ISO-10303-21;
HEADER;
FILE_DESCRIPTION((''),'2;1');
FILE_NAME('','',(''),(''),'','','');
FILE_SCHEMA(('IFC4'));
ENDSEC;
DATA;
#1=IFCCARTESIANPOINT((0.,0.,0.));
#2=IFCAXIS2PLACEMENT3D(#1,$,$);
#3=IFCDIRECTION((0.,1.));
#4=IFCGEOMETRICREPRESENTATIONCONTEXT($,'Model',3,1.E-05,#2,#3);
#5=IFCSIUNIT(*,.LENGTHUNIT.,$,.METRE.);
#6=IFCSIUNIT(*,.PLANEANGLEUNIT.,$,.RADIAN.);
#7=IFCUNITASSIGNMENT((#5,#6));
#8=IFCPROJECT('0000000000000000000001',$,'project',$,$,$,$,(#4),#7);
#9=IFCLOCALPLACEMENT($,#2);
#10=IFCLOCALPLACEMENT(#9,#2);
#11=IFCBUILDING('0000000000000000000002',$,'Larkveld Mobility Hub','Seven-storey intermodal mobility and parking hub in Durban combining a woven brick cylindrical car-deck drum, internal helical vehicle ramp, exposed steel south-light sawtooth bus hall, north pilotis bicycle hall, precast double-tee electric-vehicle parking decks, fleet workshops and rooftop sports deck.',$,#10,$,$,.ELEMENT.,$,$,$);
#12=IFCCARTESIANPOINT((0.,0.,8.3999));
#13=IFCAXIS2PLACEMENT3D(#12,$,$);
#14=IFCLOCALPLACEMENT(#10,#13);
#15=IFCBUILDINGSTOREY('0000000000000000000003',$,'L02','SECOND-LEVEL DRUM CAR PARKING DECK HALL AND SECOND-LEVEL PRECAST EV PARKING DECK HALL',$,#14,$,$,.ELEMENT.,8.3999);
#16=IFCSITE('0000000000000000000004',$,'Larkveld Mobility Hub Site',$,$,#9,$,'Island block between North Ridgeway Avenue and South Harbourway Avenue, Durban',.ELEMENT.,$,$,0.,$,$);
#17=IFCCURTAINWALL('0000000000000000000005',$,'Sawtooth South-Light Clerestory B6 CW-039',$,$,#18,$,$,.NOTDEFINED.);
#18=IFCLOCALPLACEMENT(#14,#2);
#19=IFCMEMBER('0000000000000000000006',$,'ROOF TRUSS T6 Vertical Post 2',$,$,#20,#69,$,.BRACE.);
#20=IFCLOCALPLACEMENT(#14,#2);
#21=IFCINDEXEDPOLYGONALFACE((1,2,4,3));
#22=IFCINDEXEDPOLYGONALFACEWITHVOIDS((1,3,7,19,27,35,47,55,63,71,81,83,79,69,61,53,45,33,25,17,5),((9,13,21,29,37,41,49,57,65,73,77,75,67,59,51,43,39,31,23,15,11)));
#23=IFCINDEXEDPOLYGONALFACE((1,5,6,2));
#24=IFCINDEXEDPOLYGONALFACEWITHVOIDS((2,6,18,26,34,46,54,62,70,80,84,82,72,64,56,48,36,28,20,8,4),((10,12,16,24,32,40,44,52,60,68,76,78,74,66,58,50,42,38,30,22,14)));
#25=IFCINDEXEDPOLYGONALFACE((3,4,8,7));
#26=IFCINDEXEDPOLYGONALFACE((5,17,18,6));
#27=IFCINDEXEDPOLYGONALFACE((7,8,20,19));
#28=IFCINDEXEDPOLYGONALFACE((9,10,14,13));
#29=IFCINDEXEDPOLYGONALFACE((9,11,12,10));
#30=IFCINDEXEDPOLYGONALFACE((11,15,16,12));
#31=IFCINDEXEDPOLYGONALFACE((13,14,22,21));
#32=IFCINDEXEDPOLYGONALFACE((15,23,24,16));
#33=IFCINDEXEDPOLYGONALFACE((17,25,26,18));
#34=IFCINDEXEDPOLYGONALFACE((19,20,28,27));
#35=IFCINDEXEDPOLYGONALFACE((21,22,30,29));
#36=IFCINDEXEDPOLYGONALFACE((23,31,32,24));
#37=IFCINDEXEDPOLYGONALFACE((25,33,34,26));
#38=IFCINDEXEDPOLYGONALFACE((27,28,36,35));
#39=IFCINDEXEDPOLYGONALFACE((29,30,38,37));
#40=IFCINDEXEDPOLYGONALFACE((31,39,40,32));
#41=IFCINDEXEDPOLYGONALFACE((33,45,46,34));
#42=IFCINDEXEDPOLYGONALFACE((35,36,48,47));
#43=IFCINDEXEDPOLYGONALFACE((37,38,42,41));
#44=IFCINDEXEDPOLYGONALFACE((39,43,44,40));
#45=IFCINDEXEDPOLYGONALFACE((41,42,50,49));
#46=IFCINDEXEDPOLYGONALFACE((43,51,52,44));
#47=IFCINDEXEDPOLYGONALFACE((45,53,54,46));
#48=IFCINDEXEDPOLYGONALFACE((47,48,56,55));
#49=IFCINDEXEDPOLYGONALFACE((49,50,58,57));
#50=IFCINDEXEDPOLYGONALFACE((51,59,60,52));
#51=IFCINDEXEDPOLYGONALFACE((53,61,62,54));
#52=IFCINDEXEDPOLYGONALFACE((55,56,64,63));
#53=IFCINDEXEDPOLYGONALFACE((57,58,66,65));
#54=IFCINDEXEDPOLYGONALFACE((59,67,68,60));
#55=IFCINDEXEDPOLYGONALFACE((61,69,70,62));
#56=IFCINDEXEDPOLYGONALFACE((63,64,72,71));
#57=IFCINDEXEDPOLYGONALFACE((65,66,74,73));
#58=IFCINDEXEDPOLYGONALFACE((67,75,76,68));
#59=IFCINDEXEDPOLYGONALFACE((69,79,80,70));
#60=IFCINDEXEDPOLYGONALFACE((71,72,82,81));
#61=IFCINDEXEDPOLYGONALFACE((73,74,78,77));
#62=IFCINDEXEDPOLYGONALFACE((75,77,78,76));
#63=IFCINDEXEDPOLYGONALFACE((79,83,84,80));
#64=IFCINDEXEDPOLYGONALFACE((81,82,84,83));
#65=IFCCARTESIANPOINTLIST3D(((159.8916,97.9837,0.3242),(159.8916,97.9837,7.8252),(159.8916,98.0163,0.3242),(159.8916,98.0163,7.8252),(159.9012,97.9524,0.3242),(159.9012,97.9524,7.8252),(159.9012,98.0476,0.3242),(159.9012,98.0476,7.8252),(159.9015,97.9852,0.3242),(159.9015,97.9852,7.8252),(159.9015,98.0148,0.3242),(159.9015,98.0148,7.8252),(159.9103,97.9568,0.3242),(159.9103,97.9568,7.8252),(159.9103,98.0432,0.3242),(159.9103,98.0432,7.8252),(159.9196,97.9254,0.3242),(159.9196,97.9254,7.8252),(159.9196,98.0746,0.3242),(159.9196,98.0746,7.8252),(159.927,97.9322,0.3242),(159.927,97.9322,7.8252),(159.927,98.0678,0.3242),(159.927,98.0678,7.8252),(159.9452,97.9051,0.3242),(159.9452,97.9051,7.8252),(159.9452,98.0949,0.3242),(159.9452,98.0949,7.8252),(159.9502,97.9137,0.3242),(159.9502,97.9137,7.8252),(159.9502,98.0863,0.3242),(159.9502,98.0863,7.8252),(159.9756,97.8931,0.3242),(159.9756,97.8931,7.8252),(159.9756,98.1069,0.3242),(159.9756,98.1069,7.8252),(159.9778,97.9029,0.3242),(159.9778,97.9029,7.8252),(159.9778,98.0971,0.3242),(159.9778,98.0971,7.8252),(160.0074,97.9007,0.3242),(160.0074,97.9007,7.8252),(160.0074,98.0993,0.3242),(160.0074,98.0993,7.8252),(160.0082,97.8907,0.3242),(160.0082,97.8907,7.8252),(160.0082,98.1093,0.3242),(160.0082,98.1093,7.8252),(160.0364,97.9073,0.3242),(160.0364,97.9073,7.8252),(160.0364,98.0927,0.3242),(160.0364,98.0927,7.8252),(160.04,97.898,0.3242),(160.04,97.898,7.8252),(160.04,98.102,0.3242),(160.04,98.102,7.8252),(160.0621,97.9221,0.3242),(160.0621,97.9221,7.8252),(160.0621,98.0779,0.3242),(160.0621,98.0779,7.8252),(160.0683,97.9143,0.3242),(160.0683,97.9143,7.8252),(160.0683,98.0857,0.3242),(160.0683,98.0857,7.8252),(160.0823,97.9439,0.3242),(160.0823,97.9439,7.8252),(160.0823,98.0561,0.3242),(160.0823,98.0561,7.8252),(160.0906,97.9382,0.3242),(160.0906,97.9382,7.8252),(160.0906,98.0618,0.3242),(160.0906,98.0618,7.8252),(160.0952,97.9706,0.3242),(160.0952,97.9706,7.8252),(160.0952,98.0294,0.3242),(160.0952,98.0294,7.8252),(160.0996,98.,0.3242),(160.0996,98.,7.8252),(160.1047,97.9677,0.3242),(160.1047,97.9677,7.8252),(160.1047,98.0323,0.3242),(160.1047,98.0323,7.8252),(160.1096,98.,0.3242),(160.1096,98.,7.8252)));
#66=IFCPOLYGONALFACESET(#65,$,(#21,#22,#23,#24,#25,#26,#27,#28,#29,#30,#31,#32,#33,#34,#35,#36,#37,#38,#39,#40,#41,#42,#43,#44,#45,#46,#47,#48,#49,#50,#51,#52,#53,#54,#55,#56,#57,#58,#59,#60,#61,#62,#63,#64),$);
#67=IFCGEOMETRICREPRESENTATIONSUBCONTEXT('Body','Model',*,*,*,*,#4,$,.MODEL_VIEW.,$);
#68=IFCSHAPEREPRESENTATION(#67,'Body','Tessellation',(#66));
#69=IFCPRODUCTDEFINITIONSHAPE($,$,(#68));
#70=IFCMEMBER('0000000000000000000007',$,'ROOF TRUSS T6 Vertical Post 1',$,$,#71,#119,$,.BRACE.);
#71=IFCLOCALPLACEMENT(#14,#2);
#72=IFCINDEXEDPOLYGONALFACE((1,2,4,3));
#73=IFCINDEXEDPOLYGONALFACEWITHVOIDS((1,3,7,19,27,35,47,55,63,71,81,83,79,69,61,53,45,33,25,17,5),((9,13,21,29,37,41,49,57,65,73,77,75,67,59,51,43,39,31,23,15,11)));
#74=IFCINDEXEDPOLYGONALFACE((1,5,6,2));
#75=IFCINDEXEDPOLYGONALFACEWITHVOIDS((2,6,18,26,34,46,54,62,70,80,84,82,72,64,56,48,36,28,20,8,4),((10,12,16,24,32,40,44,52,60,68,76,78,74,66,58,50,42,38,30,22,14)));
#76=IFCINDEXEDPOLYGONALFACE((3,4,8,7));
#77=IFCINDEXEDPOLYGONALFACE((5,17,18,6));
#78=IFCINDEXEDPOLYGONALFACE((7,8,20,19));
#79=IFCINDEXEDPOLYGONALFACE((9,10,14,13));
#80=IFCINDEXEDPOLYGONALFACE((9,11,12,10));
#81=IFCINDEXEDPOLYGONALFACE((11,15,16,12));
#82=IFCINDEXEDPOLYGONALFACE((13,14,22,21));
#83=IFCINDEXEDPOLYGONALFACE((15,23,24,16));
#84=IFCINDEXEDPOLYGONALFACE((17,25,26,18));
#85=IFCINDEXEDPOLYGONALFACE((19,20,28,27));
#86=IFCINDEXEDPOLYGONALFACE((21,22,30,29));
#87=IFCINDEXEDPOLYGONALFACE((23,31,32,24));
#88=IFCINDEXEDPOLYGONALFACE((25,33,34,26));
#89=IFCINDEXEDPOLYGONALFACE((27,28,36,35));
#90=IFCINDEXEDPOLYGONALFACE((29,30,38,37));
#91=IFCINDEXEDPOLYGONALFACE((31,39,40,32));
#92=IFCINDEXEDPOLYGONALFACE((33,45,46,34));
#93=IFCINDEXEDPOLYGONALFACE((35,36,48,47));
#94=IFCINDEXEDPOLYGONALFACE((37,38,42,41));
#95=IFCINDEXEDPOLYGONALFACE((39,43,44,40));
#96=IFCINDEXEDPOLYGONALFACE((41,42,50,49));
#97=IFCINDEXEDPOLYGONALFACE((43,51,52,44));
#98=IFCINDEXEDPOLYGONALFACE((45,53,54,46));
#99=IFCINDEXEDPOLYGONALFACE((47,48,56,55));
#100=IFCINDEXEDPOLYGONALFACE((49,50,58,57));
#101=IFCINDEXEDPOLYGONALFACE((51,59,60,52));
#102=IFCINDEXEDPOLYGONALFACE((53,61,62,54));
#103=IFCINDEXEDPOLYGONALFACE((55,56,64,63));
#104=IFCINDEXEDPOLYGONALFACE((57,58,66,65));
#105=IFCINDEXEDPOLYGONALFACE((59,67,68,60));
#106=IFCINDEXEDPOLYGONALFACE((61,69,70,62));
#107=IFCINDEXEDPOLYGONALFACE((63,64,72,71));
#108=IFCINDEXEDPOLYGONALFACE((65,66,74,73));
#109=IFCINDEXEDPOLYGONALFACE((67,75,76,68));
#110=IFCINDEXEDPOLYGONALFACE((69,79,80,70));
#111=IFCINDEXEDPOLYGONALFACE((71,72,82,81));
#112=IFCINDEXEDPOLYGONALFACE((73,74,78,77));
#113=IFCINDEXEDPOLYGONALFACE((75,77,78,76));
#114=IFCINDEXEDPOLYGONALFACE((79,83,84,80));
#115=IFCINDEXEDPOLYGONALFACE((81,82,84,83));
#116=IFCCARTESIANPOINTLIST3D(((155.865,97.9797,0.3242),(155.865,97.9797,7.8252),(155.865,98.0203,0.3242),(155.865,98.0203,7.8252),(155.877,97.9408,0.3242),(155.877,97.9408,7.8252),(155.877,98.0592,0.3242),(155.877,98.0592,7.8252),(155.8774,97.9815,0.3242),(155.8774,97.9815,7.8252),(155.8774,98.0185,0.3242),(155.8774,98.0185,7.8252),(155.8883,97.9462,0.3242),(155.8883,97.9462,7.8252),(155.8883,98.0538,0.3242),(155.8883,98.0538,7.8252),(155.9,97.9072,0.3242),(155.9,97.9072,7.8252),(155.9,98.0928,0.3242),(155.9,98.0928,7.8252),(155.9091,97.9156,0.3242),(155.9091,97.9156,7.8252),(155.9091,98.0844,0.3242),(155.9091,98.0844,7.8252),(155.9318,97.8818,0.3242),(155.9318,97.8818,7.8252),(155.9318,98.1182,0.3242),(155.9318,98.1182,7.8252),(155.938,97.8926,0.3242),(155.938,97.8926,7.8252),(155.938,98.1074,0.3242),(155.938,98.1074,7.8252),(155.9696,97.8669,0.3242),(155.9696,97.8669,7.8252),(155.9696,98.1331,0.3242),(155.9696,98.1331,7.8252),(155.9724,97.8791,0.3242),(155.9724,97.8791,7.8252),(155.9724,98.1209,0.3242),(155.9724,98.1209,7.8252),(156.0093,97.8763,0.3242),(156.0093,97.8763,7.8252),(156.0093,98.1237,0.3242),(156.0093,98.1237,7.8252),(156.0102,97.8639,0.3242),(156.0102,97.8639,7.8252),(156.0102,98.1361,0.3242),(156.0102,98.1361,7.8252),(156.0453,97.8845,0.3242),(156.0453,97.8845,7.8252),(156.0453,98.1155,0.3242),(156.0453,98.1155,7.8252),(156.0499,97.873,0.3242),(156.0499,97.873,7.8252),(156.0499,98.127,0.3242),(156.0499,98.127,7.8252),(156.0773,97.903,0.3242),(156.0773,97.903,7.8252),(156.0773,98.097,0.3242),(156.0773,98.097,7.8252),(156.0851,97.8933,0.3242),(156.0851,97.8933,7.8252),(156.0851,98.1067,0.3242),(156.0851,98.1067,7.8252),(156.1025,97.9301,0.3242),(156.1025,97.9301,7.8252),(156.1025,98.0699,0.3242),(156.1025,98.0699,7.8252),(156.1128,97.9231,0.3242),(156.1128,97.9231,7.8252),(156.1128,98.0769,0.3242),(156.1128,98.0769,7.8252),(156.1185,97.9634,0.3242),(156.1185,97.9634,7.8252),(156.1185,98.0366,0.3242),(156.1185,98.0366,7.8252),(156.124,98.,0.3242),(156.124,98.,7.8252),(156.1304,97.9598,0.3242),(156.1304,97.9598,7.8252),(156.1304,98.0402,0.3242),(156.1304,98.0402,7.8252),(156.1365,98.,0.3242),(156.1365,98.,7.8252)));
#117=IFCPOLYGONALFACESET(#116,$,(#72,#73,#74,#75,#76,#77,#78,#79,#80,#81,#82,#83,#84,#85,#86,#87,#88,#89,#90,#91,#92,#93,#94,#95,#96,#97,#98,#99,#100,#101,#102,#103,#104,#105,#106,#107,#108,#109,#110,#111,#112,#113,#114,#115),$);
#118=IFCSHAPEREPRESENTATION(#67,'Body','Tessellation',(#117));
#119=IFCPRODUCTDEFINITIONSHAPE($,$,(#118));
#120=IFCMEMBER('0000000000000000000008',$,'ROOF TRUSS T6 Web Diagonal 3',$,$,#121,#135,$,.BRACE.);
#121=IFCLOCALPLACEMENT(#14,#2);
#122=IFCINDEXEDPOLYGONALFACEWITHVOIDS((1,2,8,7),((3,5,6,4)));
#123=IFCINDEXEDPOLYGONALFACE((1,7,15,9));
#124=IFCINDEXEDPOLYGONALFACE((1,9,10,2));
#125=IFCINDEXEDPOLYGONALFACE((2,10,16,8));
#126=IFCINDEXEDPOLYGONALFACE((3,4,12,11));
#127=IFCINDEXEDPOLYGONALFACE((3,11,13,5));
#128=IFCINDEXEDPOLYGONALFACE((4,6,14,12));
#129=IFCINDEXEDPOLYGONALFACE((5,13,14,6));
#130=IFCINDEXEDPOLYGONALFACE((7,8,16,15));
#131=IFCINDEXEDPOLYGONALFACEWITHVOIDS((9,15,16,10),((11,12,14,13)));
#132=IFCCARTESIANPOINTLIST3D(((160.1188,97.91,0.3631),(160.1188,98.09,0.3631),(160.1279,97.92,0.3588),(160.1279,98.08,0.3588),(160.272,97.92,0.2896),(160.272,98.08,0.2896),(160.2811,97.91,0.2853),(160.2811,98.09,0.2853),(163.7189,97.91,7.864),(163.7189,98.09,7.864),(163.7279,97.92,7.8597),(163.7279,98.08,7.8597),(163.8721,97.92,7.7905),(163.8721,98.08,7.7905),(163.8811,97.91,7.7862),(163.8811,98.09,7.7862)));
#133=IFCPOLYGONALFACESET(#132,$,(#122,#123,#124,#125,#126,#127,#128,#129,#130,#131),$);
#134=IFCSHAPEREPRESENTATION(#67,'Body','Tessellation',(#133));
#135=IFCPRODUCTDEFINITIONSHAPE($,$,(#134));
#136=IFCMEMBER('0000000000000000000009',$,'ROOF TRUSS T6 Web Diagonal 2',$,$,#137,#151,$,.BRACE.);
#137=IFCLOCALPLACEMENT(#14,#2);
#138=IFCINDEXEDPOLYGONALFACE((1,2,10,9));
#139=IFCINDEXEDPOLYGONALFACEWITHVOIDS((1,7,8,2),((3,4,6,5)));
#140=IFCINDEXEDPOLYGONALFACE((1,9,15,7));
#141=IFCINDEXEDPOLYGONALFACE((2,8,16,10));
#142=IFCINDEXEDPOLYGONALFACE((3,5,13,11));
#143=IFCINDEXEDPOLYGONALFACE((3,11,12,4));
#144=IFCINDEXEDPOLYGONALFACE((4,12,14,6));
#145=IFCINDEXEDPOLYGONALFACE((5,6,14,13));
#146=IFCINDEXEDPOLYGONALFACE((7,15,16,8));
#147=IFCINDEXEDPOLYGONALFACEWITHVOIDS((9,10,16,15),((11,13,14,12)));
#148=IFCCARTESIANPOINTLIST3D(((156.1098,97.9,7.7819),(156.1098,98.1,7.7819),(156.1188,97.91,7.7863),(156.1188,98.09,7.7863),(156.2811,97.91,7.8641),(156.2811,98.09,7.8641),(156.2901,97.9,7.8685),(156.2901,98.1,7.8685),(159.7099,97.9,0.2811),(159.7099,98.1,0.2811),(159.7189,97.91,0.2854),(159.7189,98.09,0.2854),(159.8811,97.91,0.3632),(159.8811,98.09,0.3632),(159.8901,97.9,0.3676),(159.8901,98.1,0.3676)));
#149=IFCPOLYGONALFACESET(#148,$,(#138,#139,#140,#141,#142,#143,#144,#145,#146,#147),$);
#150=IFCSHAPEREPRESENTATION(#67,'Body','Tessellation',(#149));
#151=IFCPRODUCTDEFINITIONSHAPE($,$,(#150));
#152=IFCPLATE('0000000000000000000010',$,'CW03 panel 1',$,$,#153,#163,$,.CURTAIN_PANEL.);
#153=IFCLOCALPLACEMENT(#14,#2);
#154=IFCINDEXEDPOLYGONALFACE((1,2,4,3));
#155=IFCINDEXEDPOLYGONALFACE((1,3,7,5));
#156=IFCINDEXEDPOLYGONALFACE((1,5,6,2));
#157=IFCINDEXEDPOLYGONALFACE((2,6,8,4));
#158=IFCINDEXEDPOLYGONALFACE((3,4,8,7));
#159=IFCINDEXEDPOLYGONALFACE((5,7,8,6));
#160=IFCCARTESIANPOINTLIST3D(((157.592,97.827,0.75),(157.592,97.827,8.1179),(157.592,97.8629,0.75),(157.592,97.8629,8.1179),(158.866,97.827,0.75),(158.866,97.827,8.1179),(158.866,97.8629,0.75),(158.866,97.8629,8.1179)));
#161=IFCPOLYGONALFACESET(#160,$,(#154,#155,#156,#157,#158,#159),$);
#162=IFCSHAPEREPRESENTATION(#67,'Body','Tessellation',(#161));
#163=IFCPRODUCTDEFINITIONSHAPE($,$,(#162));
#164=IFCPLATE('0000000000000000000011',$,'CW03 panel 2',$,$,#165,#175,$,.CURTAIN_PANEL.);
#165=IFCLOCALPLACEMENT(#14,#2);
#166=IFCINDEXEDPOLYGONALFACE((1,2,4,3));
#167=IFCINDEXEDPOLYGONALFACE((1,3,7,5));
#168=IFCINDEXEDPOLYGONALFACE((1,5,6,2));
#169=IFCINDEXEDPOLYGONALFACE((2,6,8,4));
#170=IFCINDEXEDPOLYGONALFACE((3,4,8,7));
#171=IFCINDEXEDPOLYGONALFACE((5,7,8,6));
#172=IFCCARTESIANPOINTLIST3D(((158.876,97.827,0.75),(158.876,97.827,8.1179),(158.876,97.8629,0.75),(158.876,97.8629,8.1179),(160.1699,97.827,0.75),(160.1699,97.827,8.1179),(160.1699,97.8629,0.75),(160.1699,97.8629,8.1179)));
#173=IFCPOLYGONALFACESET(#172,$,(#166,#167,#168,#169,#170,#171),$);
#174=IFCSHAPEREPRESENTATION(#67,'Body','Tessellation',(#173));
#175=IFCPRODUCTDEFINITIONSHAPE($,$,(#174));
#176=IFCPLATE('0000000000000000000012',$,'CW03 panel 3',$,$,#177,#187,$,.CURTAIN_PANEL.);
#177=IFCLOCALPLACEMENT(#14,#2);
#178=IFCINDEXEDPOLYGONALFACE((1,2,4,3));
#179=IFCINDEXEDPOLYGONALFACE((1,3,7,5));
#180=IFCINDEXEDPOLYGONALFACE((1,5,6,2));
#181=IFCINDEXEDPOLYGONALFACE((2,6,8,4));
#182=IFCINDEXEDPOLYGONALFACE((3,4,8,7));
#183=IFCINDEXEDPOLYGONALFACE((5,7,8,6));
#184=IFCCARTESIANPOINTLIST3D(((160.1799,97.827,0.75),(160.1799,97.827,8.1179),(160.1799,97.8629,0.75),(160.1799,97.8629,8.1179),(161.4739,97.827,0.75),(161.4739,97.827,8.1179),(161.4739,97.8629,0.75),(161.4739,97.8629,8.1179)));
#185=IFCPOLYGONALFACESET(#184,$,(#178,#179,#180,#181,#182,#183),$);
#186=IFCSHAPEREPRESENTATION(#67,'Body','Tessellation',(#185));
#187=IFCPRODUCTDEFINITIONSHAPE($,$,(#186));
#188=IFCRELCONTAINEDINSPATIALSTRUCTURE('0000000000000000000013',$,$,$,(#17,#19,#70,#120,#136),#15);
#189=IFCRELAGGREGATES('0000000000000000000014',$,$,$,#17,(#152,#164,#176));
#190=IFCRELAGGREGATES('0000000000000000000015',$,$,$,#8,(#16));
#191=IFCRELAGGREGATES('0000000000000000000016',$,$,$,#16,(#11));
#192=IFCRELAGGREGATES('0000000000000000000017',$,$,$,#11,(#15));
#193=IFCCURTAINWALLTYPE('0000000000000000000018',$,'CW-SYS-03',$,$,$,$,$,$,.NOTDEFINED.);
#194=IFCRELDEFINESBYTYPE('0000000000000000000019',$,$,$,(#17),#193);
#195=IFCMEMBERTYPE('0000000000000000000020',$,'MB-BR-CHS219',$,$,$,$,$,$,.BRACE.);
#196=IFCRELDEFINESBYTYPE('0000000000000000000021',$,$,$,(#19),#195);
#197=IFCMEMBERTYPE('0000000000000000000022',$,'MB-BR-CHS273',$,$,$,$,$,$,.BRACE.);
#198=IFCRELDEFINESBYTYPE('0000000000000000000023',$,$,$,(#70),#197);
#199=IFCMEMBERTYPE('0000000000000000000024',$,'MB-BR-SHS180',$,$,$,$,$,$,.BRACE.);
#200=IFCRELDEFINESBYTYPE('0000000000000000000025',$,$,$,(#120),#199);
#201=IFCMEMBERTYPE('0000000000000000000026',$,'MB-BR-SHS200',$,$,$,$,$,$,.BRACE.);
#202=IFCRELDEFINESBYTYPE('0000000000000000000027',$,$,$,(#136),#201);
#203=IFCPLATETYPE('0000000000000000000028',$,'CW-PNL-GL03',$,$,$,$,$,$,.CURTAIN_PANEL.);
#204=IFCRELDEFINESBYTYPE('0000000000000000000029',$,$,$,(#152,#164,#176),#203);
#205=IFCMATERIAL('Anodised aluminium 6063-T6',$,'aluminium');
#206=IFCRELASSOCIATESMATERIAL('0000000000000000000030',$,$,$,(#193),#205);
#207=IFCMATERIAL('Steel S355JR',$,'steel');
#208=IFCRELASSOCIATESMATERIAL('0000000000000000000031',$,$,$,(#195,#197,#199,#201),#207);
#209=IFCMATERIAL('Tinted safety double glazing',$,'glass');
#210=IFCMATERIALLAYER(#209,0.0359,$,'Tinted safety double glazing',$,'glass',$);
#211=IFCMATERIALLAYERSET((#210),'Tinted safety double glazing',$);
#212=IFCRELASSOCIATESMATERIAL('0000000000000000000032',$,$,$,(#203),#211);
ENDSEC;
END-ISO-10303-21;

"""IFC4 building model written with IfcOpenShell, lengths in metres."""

from ifc_helpers import new_model, si_unit, direction, frame, origin, origin_2d, place, context, subcontext, project, spatial, rectangle, hollow_rectangle, hollow_circle, extrude, material, layer, layer_set, material_profile, profile_set, type_object, element, aggregate, save


model = new_model("IFC4")

# Units and contexts
model_context = context("Model", 3, precision=1e-05, world=origin(), true_north=direction((0.0, 1.0)))
body_context = subcontext(model_context, "Body", "Model", "MODEL_VIEW")
ifc_project = project(units=[si_unit("LENGTHUNIT", "METRE"), si_unit("PLANEANGLEUNIT", "RADIAN")], contexts=[model_context])

# Site, building, storey
site_placement = place(None, origin())
site = spatial("IfcSite", under=ifc_project, at=site_placement, Name="Larkveld Mobility Hub Site", LongName="Island block between North Ridgeway Avenue and South Harbourway Avenue, Durban", CompositionType="ELEMENT", RefElevation=0.0)
building_placement = place(site_placement, origin())
building = spatial("IfcBuilding", under=site, at=building_placement, Name="Larkveld Mobility Hub", Description="Seven-storey intermodal mobility and parking hub in Durban combining a woven brick cylindrical car-deck drum, internal helical vehicle ramp, exposed steel south-light sawtooth bus hall, north pilotis bicycle hall, precast double-tee electric-vehicle parking decks, fleet workshops and rooftop sports deck.", CompositionType="ELEMENT")
storey_placement = place(building_placement, frame((0.0, 0.0, 8.3999)))
storey = spatial("IfcBuildingStorey", under=building, at=storey_placement, Name="L02", Description="SECOND-LEVEL DRUM CAR PARKING DECK HALL AND SECOND-LEVEL PRECAST EV PARKING DECK HALL", CompositionType="ELEMENT", Elevation=8.3999)

# Curtain wall
ifc_material_1 = material(Name="Anodised aluminium 6063-T6", Category="aluminium")
curtain_wall_type = type_object("IfcCurtainWallType", Name="CW-SYS-03", PredefinedType="NOTDEFINED", material=ifc_material_1)
curtain_wall_placement = place(storey_placement, origin())
curtain_wall = element("IfcCurtainWall", 1, at=curtain_wall_placement, inside=storey, type_object=curtain_wall_type, Name="Sawtooth South-Light Clerestory B6 CW-039", PredefinedType="NOTDEFINED")

# Members
ifc_material_2 = material(Name="Steel S355JR", Category="steel")
ifc_material_profile_1 = material_profile(ifc_material_2, hollow_circle(Radius=0.1096, WallThickness=0.01, at=origin_2d()), Name="CHS 219.1x10")
ifc_profile_set_1 = profile_set([ifc_material_profile_1], Name="Steel S355JR")
member_type_1 = type_object("IfcMemberType", Name="MB-BR-CHS219", PredefinedType="BRACE", material=ifc_profile_set_1)
member_1_placement = place(storey_placement, frame((160.0, 98.0, 0.3242), z_axis=(0.0, 0.0, 1.0), x_axis=(1.0, 0.0, 0.0)))
element("IfcMember", 2, at=member_1_placement, inside=storey, type_object=member_type_1, Name="ROOF TRUSS T6 Vertical Post 2", PredefinedType="BRACE", context=body_context, shape_type="SweptSolid", body=[
    extrude(hollow_circle(Radius=0.1096, WallThickness=0.01, at=origin_2d()), origin(), (0.0, 0.0, 1.0), 7.501),
])
ifc_material_profile_2 = material_profile(ifc_material_2, hollow_circle(Radius=0.1365, WallThickness=0.0125, at=origin_2d()), Name="CHS 273x12.5")
ifc_profile_set_2 = profile_set([ifc_material_profile_2], Name="Steel S355JR")
member_type_2 = type_object("IfcMemberType", Name="MB-BR-CHS273", PredefinedType="BRACE", material=ifc_profile_set_2)
member_2_placement = place(storey_placement, frame((156.0, 98.0, 0.3242), z_axis=(0.0, 0.0, 1.0), x_axis=(1.0, 0.0, 0.0)))
element("IfcMember", 3, at=member_2_placement, inside=storey, type_object=member_type_2, Name="ROOF TRUSS T6 Vertical Post 1", PredefinedType="BRACE", context=body_context, shape_type="SweptSolid", body=[
    extrude(hollow_circle(Radius=0.1365, WallThickness=0.0125, at=origin_2d()), origin(), (0.0, 0.0, 1.0), 7.501),
])
ifc_material_profile_3 = material_profile(ifc_material_2, hollow_rectangle(XDim=0.1799, YDim=0.1799, WallThickness=0.01, at=origin_2d()), Name="SHS 180x180x10")
ifc_profile_set_3 = profile_set([ifc_material_profile_3], Name="Steel S355JR")
member_type_3 = type_object("IfcMemberType", Name="MB-BR-SHS180", PredefinedType="BRACE", material=ifc_profile_set_3)
member_3_placement = place(storey_placement, frame((160.2, 98.0, 0.3242), z_axis=(0.432695, 0.0, 0.90154), x_axis=(0.0, 1.0, 0.0)))
element("IfcMember", 4, at=member_3_placement, inside=storey, type_object=member_type_3, Name="ROOF TRUSS T6 Web Diagonal 3", PredefinedType="BRACE", context=body_context, shape_type="SweptSolid", body=[
    extrude(hollow_rectangle(XDim=0.1799, YDim=0.1799, WallThickness=0.01, at=origin_2d()), origin(), (0.0, 0.0, 1.0), 8.3201),
])
ifc_material_profile_4 = material_profile(ifc_material_2, hollow_rectangle(XDim=0.2, YDim=0.2, WallThickness=0.01, at=origin_2d()), Name="SHS 200x200x10")
ifc_profile_set_4 = profile_set([ifc_material_profile_4], Name="Steel S355JR")
member_type_4 = type_object("IfcMemberType", Name="MB-BR-SHS200", PredefinedType="BRACE", material=ifc_profile_set_4)
member_4_placement = place(storey_placement, frame((156.2, 98.0, 7.8252), z_axis=(0.432695, 0.0, -0.90154), x_axis=(0.0, 1.0, 0.0)))
element("IfcMember", 5, at=member_4_placement, inside=storey, type_object=member_type_4, Name="ROOF TRUSS T6 Web Diagonal 2", PredefinedType="BRACE", context=body_context, shape_type="SweptSolid", body=[
    extrude(hollow_rectangle(XDim=0.2, YDim=0.2, WallThickness=0.01, at=origin_2d()), origin(), (0.0, 0.0, 1.0), 8.3201),
])

# Plates
ifc_material_3 = material(Name="Tinted safety double glazing", Category="glass")
ifc_layer_1 = layer(ifc_material_3, 0.0359, Name="Tinted safety double glazing", Category="glass")
ifc_layer_set_1 = layer_set([ifc_layer_1], Name="Tinted safety double glazing")
plate_type_1 = type_object("IfcPlateType", Name="CW-PNL-GL03", PredefinedType="CURTAIN_PANEL", material=ifc_layer_set_1)
plate_1_placement = place(storey_placement, frame((158.229, 97.845, 0.75), z_axis=(0.0, 0.0, 1.0), x_axis=(1.0, 0.0, 0.0)))
plate_1 = element("IfcPlate", 6, at=plate_1_placement, type_object=plate_type_1, Name="CW03 panel 1", PredefinedType="CURTAIN_PANEL", context=body_context, shape_type="SweptSolid", body=[
    extrude(rectangle(XDim=1.2739, YDim=0.0359, at=origin_2d()), origin(), (0.0, 0.0, 1.0), 7.3679),
])
plate_2_placement = place(storey_placement, frame((159.5229, 97.845, 0.75), z_axis=(0.0, 0.0, 1.0), x_axis=(1.0, 0.0, 0.0)))
plate_2 = element("IfcPlate", 7, at=plate_2_placement, type_object=plate_type_1, Name="CW03 panel 2", PredefinedType="CURTAIN_PANEL", context=body_context, shape_type="SweptSolid", body=[
    extrude(rectangle(XDim=1.2939, YDim=0.0359, at=origin_2d()), origin(), (0.0, 0.0, 1.0), 7.3679),
])
plate_3_placement = place(storey_placement, frame((160.8269, 97.845, 0.75), z_axis=(0.0, 0.0, 1.0), x_axis=(1.0, 0.0, 0.0)))
plate_3 = element("IfcPlate", 8, at=plate_3_placement, type_object=plate_type_1, Name="CW03 panel 3", PredefinedType="CURTAIN_PANEL", context=body_context, shape_type="SweptSolid", body=[
    extrude(rectangle(XDim=1.2939, YDim=0.0359, at=origin_2d()), origin(), (0.0, 0.0, 1.0), 7.3679),
])
aggregate(curtain_wall, [plate_1, plate_2, plate_3])

save(model, "model.ifc")
